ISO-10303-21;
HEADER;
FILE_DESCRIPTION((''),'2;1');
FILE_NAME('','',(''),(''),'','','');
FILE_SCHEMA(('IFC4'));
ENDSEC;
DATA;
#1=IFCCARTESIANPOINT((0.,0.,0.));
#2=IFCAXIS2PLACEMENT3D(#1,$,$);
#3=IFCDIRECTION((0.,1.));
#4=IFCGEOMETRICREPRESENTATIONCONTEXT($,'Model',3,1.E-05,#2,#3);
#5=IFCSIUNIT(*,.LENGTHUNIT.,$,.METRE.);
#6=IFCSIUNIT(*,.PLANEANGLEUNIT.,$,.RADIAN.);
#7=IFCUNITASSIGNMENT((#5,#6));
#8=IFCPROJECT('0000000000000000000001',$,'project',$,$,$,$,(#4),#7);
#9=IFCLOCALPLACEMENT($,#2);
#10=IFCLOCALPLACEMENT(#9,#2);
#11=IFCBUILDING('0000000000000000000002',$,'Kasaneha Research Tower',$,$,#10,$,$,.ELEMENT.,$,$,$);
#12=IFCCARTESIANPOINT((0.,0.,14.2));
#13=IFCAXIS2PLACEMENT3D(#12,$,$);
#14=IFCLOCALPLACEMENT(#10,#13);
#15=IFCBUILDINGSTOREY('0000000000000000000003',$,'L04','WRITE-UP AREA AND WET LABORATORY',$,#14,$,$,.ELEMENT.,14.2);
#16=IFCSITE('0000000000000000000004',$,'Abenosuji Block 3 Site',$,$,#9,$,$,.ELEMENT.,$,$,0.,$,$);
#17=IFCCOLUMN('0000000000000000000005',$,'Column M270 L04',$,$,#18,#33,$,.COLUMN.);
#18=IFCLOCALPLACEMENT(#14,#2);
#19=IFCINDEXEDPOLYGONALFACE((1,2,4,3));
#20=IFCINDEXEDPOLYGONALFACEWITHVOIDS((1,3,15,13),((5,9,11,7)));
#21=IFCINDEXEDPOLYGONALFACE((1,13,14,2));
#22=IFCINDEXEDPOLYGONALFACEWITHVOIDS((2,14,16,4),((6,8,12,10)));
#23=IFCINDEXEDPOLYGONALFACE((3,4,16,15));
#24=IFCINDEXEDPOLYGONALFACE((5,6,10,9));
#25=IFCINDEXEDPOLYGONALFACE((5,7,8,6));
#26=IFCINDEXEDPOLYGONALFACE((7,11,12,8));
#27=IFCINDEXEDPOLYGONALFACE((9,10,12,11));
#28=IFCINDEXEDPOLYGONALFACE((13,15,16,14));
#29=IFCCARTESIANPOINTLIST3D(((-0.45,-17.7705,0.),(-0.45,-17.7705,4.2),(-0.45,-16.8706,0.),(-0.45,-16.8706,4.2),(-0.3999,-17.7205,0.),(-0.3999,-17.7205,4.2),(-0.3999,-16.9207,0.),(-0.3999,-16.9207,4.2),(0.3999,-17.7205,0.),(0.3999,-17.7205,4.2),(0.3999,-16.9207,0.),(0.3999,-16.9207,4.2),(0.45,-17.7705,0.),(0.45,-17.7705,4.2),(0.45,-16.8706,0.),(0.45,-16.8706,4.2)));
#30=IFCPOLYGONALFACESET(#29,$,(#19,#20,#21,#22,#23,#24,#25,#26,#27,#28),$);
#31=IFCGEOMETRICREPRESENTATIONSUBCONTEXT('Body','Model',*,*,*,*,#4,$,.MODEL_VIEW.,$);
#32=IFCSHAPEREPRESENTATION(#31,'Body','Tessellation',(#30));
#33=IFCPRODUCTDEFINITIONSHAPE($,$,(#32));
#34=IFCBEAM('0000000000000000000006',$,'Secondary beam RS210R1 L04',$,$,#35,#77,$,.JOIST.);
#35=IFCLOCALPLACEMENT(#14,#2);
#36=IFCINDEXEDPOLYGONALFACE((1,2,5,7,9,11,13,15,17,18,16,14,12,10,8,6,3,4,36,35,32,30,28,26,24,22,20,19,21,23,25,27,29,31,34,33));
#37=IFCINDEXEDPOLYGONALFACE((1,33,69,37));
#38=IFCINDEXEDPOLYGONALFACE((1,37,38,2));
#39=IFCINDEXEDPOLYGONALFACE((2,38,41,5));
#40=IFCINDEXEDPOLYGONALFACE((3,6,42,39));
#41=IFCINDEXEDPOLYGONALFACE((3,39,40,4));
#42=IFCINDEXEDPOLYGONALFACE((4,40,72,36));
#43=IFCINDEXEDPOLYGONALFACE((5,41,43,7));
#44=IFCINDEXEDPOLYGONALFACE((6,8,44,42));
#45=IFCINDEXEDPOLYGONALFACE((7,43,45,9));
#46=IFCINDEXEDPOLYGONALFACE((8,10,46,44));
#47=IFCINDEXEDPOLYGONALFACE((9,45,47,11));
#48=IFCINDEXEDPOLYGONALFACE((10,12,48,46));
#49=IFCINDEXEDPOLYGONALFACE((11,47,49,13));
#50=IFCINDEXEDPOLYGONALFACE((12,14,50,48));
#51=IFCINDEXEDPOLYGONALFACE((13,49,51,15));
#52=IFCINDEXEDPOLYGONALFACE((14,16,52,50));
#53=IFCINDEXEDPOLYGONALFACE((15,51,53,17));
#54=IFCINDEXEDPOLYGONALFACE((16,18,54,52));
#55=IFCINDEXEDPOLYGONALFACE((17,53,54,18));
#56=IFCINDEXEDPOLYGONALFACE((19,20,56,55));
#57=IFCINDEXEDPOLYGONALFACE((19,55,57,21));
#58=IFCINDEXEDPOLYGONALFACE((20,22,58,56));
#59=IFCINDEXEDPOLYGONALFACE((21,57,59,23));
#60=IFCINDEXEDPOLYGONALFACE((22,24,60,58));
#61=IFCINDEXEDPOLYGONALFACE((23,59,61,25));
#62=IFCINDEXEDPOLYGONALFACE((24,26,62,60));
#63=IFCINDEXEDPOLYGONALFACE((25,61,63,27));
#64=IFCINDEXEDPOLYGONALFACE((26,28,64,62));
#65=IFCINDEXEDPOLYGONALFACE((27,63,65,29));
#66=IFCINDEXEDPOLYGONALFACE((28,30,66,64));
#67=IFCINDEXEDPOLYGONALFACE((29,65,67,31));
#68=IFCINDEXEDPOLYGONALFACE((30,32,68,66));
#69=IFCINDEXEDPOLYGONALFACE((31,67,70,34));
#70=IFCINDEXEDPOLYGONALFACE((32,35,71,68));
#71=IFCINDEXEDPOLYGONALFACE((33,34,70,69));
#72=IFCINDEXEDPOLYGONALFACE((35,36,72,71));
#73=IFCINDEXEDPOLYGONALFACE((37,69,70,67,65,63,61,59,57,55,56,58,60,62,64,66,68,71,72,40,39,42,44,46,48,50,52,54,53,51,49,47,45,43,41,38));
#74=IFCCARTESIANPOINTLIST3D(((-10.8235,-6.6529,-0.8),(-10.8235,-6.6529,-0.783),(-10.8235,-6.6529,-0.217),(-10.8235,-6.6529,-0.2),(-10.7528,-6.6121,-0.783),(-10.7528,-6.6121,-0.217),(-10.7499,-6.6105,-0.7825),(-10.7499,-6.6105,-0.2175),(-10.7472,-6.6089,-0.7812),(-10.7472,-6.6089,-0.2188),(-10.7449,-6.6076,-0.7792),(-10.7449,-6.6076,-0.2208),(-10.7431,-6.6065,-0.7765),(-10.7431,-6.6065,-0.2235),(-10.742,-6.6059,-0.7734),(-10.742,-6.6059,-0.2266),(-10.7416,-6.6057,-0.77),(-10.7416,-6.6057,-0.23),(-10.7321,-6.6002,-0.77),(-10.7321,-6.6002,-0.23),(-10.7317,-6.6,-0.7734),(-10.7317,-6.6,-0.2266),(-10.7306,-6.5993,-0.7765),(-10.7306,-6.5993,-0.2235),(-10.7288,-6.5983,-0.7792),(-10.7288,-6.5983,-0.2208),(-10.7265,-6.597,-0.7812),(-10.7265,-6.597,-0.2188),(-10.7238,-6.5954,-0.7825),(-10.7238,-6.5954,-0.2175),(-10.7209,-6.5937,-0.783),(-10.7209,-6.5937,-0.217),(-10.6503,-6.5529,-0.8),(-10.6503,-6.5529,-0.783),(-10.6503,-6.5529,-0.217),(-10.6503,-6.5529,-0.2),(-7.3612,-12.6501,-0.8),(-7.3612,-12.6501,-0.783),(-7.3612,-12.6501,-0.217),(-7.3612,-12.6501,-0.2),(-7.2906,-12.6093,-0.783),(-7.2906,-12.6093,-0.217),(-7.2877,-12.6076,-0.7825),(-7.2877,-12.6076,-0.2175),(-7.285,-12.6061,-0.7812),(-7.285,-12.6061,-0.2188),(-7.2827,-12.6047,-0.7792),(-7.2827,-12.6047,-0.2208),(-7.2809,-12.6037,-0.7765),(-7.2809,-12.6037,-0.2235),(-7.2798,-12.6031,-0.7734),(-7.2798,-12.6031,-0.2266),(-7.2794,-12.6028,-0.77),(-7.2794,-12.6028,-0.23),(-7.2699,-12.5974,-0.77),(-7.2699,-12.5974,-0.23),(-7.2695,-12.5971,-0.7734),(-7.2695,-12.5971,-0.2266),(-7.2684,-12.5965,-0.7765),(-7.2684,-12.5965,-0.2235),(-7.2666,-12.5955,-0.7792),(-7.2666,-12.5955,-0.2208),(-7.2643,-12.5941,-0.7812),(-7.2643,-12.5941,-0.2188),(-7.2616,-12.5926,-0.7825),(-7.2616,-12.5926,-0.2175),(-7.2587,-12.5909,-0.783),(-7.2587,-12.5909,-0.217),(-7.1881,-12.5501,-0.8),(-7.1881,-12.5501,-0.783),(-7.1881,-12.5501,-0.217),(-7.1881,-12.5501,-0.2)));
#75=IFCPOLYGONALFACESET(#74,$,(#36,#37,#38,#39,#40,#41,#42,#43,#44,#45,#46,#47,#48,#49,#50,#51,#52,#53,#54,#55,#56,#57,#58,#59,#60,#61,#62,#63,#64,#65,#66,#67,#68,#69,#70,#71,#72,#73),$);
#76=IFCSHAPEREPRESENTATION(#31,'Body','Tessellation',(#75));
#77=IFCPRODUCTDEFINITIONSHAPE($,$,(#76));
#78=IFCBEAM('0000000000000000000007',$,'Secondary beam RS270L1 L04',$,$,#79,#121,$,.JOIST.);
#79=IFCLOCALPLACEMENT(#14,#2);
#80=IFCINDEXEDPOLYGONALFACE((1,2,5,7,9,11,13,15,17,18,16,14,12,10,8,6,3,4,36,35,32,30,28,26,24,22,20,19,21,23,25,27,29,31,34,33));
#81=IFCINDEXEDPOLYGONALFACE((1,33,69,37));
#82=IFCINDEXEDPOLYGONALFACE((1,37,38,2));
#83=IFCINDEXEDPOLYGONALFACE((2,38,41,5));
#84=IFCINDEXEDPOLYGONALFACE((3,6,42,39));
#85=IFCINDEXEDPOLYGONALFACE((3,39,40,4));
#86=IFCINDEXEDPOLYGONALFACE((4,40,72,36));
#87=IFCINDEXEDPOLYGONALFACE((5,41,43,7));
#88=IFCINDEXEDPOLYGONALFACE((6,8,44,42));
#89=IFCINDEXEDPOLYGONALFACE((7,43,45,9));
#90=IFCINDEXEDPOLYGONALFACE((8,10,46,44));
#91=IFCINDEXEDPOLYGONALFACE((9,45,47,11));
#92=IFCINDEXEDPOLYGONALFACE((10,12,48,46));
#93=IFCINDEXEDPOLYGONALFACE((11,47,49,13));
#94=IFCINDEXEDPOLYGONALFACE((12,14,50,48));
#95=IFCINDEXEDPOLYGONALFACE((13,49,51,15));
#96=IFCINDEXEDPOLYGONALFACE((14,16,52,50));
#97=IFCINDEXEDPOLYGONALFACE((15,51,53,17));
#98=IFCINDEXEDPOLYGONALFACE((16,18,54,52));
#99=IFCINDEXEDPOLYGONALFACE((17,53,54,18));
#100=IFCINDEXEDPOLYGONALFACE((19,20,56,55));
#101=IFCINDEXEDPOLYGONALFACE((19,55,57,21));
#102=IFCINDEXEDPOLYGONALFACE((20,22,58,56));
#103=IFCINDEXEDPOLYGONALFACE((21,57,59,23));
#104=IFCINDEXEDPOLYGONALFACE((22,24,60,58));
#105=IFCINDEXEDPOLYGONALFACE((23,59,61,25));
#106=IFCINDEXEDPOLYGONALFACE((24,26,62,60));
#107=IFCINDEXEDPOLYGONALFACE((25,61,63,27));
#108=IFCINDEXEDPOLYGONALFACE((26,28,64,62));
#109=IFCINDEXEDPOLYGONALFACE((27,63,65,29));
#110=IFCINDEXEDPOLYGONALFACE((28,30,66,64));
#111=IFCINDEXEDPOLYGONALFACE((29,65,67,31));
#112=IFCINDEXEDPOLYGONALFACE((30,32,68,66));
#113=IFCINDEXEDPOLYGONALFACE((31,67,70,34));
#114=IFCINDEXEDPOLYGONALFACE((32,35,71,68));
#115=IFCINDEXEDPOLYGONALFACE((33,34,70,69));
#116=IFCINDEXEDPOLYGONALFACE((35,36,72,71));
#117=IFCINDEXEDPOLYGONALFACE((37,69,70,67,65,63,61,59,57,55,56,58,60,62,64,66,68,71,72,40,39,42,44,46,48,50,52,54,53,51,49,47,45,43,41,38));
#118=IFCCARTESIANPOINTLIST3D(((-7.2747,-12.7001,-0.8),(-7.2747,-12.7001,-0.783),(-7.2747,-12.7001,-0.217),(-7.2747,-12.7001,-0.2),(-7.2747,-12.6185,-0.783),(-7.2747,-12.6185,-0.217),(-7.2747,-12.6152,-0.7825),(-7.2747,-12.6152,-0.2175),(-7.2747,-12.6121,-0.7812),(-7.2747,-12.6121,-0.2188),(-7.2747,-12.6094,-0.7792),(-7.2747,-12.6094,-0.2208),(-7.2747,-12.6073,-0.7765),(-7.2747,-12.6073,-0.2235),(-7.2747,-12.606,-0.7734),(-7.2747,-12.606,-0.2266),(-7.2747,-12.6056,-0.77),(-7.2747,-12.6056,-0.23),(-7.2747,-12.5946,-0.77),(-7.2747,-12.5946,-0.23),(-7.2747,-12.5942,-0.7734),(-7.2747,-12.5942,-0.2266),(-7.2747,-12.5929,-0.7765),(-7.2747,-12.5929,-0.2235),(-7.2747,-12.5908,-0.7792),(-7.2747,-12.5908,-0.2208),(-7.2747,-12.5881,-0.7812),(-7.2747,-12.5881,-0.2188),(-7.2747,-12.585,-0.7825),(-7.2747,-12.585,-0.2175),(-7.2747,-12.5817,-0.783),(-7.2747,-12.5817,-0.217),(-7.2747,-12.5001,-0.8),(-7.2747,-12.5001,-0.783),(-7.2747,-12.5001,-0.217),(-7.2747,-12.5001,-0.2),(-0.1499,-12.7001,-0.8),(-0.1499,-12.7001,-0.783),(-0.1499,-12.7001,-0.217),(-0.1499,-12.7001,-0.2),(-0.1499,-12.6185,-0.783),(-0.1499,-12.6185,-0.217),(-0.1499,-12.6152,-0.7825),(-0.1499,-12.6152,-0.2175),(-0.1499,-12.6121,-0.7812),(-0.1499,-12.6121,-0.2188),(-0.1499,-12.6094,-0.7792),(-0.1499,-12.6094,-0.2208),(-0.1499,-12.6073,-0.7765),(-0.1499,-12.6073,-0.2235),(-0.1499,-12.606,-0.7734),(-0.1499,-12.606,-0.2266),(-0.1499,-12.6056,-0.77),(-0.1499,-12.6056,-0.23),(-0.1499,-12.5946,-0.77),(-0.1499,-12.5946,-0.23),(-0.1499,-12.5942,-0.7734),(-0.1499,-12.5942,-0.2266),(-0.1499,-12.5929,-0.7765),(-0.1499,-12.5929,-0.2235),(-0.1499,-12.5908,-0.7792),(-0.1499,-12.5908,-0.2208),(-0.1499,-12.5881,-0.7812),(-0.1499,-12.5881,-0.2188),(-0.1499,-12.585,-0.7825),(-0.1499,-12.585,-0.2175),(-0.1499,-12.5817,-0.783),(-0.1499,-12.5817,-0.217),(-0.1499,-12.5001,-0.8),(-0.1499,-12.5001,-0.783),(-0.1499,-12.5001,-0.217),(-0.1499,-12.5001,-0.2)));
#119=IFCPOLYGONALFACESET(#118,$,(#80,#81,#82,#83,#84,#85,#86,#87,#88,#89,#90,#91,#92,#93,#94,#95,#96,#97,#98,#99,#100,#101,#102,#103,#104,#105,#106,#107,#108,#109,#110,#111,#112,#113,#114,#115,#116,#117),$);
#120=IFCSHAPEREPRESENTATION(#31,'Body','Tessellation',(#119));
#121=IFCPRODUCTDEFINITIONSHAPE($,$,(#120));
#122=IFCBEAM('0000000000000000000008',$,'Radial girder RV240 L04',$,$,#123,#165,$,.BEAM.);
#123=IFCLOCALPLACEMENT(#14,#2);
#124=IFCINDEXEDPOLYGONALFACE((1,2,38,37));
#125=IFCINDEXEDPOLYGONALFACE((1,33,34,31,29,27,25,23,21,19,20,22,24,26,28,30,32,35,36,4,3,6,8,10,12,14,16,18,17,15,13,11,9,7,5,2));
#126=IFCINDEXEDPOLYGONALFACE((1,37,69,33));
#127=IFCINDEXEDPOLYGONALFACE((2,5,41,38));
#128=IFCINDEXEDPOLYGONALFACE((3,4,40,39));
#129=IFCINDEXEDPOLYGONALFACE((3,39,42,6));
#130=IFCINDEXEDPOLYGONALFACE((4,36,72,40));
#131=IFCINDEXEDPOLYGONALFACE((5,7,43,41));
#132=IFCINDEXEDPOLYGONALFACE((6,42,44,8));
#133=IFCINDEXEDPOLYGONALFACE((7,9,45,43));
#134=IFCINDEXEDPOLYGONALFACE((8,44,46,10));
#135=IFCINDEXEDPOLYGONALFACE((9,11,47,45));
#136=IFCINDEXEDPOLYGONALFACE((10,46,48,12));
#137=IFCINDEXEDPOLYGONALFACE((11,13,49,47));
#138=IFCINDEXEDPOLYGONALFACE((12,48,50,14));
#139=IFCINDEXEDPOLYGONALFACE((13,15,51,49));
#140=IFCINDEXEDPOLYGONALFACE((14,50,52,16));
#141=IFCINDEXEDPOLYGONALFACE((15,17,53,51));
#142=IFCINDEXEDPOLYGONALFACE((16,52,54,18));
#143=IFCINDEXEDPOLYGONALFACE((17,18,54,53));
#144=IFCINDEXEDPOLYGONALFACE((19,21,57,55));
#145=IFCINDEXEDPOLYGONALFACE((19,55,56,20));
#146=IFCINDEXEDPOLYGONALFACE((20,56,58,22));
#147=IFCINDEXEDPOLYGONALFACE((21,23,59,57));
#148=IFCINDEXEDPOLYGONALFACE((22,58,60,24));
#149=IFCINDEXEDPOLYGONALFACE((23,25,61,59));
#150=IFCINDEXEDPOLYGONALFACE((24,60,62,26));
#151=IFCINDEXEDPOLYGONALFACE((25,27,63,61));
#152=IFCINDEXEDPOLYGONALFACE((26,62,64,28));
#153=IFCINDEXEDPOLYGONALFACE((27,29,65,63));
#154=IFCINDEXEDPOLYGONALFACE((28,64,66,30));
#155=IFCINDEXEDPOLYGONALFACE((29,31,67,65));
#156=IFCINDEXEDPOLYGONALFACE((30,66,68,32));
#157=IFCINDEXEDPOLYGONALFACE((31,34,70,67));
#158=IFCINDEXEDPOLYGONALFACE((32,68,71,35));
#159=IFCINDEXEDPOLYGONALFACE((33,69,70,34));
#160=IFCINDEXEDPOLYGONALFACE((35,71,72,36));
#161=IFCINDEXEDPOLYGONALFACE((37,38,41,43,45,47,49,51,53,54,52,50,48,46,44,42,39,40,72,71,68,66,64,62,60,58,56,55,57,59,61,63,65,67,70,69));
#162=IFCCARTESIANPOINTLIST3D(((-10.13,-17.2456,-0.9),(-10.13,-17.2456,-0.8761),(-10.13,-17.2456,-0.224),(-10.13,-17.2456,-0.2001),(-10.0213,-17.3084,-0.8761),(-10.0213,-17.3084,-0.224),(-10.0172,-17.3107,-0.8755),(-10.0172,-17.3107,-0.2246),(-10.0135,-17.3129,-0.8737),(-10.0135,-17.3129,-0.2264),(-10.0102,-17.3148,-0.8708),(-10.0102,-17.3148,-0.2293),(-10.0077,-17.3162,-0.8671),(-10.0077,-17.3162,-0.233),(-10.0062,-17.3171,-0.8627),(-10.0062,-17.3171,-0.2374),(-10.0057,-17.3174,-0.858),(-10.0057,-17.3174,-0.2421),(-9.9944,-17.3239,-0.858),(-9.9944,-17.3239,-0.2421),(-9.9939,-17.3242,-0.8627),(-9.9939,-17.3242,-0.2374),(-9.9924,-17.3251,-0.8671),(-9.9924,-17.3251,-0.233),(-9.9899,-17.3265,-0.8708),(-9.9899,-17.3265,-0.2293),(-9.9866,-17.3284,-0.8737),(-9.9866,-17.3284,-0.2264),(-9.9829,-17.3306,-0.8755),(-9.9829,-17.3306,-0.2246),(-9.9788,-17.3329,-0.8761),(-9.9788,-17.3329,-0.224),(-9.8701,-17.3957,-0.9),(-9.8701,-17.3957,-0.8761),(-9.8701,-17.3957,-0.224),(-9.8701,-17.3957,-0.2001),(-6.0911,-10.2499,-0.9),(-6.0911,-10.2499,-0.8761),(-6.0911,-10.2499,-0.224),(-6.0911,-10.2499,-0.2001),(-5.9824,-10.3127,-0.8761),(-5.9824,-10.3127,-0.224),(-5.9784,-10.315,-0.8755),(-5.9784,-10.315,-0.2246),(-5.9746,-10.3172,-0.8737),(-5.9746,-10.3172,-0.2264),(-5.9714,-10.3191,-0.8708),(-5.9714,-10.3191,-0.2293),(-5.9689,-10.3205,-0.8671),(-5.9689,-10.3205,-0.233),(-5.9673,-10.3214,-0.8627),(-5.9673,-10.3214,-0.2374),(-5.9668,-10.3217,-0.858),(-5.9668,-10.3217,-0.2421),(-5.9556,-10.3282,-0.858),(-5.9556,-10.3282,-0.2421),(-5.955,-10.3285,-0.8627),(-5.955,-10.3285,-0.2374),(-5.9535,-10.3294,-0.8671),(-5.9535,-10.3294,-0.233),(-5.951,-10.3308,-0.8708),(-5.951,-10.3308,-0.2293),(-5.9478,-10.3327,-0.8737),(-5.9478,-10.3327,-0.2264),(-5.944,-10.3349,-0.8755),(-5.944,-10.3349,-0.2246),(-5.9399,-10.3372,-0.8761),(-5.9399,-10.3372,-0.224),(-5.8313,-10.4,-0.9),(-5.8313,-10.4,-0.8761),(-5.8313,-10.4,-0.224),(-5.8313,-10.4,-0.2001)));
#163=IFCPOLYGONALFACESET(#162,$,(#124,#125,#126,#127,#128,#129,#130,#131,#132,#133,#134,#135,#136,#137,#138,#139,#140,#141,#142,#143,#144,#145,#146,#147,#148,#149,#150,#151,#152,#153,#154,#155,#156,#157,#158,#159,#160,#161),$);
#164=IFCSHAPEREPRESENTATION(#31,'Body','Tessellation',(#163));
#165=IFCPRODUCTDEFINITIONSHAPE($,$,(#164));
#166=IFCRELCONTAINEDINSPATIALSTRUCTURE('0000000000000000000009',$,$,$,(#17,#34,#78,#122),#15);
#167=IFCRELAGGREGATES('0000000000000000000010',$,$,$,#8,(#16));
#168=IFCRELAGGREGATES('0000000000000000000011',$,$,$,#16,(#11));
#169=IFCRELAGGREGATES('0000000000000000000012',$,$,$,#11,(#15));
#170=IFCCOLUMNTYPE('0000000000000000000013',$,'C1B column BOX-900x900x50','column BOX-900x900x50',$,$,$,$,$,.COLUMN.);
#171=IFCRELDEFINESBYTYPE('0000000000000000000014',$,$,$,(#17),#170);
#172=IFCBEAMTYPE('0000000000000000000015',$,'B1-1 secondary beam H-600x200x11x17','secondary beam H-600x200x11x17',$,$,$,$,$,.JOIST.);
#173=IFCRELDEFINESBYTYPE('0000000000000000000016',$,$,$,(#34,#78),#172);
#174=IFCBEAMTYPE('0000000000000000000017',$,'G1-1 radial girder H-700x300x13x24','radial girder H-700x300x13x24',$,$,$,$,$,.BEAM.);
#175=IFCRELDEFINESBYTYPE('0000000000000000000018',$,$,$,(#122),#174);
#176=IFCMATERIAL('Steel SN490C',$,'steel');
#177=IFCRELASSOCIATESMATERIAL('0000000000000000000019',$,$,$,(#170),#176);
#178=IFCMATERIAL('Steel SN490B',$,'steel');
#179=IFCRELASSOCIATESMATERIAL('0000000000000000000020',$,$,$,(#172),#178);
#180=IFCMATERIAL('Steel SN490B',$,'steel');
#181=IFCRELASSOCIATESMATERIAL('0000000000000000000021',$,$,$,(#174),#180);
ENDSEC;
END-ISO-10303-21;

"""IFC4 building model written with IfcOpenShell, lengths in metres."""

from ifc_helpers import new_model, si_unit, direction, frame, origin, origin_2d, place, context, subcontext, project, spatial, hollow_rectangle, i_section, extrude, material, material_profile, profile_set, type_object, element, save


model = new_model("IFC4")

# Units and contexts
model_context = context("Model", 3, precision=1e-05, world=origin(), true_north=direction((0.0, 1.0)))
body_context = subcontext(model_context, "Body", "Model", "MODEL_VIEW")
ifc_project = project(units=[si_unit("LENGTHUNIT", "METRE"), si_unit("PLANEANGLEUNIT", "RADIAN")], contexts=[model_context])

# Site, building, storey
site_placement = place(None, origin())
site = spatial("IfcSite", under=ifc_project, at=site_placement, Name="Abenosuji Block 3 Site", CompositionType="ELEMENT", RefElevation=0.0)
building_placement = place(site_placement, origin())
building = spatial("IfcBuilding", under=site, at=building_placement, Name="Kasaneha Research Tower", CompositionType="ELEMENT")
storey_placement = place(building_placement, frame((0.0, 0.0, 14.2)))
storey = spatial("IfcBuildingStorey", under=building, at=storey_placement, Name="L04", Description="WRITE-UP AREA AND WET LABORATORY", CompositionType="ELEMENT", Elevation=14.2)

# Column
ifc_material_1 = material(Name="Steel SN490C", Category="steel")
ifc_material_profile_1 = material_profile(ifc_material_1, hollow_rectangle(XDim=0.8999, YDim=0.8999, WallThickness=0.05, at=origin_2d()), Name="BOX-900x900x50")
ifc_profile_set_1 = profile_set([ifc_material_profile_1], Name="Steel SN490C")
column_type = type_object("IfcColumnType", Name="C1B column BOX-900x900x50", Description="column BOX-900x900x50", PredefinedType="COLUMN", material=ifc_profile_set_1)
column_placement = place(storey_placement, frame((0.0, -17.3206, 0.0), z_axis=(0.0, 0.0, 1.0), x_axis=(1.0, 0.0, 0.0)))
element("IfcColumn", 1, at=column_placement, inside=storey, type_object=column_type, Name="Column M270 L04", PredefinedType="COLUMN", context=body_context, shape_type="SweptSolid", body=[
    extrude(hollow_rectangle(XDim=0.8999, YDim=0.8999, WallThickness=0.05, at=origin_2d()), origin(), (0.0, 0.0, 1.0), 4.2),
])

# Beams
ifc_material_2 = material(Name="Steel SN490B", Category="steel")
ifc_material_profile_2 = material_profile(ifc_material_2, i_section(OverallWidth=0.2, OverallDepth=0.6001, WebThickness=0.011, FlangeThickness=0.0171, FilletRadius=0.0129, at=origin_2d()), Name="H-600x200x11x17")
ifc_profile_set_2 = profile_set([ifc_material_profile_2], Name="Steel SN490B")
beam_type_1 = type_object("IfcBeamType", Name="B1-1 secondary beam H-600x200x11x17", Description="secondary beam H-600x200x11x17", PredefinedType="JOIST", material=ifc_profile_set_2)
beam_1_placement = place(storey_placement, frame((-7.2747, -12.6001, -0.5), z_axis=(-0.499973, 0.866041, 0.0), x_axis=(-0.866041, -0.499973, 0.0)))
element("IfcBeam", 2, at=beam_1_placement, inside=storey, type_object=beam_type_1, Name="Secondary beam RS210R1 L04", PredefinedType="JOIST", context=body_context, shape_type="SweptSolid", body=[
    extrude(i_section(OverallWidth=0.2, OverallDepth=0.6001, WebThickness=0.011, FlangeThickness=0.0171, FilletRadius=0.0129, at=origin_2d()), origin(), (0.0, 0.0, 1.0), 6.9248),
])
beam_2_placement = place(storey_placement, frame((-7.2747, -12.6001, -0.5), z_axis=(1.0, 0.0, 0.0), x_axis=(0.0, 1.0, 0.0)))
element("IfcBeam", 3, at=beam_2_placement, inside=storey, type_object=beam_type_1, Name="Secondary beam RS270L1 L04", PredefinedType="JOIST", context=body_context, shape_type="SweptSolid", body=[
    extrude(i_section(OverallWidth=0.2, OverallDepth=0.6001, WebThickness=0.011, FlangeThickness=0.0171, FilletRadius=0.0129, at=origin_2d()), origin(), (0.0, 0.0, 1.0), 7.1248),
])
ifc_material_3 = material(Name="Steel SN490B", Category="steel")
ifc_material_profile_3 = material_profile(ifc_material_3, i_section(OverallWidth=0.3, OverallDepth=0.7, WebThickness=0.0129, FlangeThickness=0.0239, FilletRadius=0.0181, at=origin_2d()), Name="H-700x300x13x24")
ifc_profile_set_3 = profile_set([ifc_material_profile_3], Name="Steel SN490B")
beam_type_2 = type_object("IfcBeamType", Name="G1-1 radial girder H-700x300x13x24", Description="radial girder H-700x300x13x24", PredefinedType="BEAM", material=ifc_profile_set_3)
beam_3_placement = place(storey_placement, frame((-5.9612, -10.325, -0.55), z_axis=(-0.499991, -0.866031, 0.0), x_axis=(0.866031, -0.499991, 0.0)))
element("IfcBeam", 4, at=beam_3_placement, inside=storey, type_object=beam_type_2, Name="Radial girder RV240 L04", PredefinedType="BEAM", context=body_context, shape_type="SweptSolid", body=[
    extrude(i_section(OverallWidth=0.3, OverallDepth=0.7, WebThickness=0.0129, FlangeThickness=0.0239, FilletRadius=0.0181, at=origin_2d()), origin(), (0.0, 0.0, 1.0), 8.0779),
])

save(model, "model.ifc")
